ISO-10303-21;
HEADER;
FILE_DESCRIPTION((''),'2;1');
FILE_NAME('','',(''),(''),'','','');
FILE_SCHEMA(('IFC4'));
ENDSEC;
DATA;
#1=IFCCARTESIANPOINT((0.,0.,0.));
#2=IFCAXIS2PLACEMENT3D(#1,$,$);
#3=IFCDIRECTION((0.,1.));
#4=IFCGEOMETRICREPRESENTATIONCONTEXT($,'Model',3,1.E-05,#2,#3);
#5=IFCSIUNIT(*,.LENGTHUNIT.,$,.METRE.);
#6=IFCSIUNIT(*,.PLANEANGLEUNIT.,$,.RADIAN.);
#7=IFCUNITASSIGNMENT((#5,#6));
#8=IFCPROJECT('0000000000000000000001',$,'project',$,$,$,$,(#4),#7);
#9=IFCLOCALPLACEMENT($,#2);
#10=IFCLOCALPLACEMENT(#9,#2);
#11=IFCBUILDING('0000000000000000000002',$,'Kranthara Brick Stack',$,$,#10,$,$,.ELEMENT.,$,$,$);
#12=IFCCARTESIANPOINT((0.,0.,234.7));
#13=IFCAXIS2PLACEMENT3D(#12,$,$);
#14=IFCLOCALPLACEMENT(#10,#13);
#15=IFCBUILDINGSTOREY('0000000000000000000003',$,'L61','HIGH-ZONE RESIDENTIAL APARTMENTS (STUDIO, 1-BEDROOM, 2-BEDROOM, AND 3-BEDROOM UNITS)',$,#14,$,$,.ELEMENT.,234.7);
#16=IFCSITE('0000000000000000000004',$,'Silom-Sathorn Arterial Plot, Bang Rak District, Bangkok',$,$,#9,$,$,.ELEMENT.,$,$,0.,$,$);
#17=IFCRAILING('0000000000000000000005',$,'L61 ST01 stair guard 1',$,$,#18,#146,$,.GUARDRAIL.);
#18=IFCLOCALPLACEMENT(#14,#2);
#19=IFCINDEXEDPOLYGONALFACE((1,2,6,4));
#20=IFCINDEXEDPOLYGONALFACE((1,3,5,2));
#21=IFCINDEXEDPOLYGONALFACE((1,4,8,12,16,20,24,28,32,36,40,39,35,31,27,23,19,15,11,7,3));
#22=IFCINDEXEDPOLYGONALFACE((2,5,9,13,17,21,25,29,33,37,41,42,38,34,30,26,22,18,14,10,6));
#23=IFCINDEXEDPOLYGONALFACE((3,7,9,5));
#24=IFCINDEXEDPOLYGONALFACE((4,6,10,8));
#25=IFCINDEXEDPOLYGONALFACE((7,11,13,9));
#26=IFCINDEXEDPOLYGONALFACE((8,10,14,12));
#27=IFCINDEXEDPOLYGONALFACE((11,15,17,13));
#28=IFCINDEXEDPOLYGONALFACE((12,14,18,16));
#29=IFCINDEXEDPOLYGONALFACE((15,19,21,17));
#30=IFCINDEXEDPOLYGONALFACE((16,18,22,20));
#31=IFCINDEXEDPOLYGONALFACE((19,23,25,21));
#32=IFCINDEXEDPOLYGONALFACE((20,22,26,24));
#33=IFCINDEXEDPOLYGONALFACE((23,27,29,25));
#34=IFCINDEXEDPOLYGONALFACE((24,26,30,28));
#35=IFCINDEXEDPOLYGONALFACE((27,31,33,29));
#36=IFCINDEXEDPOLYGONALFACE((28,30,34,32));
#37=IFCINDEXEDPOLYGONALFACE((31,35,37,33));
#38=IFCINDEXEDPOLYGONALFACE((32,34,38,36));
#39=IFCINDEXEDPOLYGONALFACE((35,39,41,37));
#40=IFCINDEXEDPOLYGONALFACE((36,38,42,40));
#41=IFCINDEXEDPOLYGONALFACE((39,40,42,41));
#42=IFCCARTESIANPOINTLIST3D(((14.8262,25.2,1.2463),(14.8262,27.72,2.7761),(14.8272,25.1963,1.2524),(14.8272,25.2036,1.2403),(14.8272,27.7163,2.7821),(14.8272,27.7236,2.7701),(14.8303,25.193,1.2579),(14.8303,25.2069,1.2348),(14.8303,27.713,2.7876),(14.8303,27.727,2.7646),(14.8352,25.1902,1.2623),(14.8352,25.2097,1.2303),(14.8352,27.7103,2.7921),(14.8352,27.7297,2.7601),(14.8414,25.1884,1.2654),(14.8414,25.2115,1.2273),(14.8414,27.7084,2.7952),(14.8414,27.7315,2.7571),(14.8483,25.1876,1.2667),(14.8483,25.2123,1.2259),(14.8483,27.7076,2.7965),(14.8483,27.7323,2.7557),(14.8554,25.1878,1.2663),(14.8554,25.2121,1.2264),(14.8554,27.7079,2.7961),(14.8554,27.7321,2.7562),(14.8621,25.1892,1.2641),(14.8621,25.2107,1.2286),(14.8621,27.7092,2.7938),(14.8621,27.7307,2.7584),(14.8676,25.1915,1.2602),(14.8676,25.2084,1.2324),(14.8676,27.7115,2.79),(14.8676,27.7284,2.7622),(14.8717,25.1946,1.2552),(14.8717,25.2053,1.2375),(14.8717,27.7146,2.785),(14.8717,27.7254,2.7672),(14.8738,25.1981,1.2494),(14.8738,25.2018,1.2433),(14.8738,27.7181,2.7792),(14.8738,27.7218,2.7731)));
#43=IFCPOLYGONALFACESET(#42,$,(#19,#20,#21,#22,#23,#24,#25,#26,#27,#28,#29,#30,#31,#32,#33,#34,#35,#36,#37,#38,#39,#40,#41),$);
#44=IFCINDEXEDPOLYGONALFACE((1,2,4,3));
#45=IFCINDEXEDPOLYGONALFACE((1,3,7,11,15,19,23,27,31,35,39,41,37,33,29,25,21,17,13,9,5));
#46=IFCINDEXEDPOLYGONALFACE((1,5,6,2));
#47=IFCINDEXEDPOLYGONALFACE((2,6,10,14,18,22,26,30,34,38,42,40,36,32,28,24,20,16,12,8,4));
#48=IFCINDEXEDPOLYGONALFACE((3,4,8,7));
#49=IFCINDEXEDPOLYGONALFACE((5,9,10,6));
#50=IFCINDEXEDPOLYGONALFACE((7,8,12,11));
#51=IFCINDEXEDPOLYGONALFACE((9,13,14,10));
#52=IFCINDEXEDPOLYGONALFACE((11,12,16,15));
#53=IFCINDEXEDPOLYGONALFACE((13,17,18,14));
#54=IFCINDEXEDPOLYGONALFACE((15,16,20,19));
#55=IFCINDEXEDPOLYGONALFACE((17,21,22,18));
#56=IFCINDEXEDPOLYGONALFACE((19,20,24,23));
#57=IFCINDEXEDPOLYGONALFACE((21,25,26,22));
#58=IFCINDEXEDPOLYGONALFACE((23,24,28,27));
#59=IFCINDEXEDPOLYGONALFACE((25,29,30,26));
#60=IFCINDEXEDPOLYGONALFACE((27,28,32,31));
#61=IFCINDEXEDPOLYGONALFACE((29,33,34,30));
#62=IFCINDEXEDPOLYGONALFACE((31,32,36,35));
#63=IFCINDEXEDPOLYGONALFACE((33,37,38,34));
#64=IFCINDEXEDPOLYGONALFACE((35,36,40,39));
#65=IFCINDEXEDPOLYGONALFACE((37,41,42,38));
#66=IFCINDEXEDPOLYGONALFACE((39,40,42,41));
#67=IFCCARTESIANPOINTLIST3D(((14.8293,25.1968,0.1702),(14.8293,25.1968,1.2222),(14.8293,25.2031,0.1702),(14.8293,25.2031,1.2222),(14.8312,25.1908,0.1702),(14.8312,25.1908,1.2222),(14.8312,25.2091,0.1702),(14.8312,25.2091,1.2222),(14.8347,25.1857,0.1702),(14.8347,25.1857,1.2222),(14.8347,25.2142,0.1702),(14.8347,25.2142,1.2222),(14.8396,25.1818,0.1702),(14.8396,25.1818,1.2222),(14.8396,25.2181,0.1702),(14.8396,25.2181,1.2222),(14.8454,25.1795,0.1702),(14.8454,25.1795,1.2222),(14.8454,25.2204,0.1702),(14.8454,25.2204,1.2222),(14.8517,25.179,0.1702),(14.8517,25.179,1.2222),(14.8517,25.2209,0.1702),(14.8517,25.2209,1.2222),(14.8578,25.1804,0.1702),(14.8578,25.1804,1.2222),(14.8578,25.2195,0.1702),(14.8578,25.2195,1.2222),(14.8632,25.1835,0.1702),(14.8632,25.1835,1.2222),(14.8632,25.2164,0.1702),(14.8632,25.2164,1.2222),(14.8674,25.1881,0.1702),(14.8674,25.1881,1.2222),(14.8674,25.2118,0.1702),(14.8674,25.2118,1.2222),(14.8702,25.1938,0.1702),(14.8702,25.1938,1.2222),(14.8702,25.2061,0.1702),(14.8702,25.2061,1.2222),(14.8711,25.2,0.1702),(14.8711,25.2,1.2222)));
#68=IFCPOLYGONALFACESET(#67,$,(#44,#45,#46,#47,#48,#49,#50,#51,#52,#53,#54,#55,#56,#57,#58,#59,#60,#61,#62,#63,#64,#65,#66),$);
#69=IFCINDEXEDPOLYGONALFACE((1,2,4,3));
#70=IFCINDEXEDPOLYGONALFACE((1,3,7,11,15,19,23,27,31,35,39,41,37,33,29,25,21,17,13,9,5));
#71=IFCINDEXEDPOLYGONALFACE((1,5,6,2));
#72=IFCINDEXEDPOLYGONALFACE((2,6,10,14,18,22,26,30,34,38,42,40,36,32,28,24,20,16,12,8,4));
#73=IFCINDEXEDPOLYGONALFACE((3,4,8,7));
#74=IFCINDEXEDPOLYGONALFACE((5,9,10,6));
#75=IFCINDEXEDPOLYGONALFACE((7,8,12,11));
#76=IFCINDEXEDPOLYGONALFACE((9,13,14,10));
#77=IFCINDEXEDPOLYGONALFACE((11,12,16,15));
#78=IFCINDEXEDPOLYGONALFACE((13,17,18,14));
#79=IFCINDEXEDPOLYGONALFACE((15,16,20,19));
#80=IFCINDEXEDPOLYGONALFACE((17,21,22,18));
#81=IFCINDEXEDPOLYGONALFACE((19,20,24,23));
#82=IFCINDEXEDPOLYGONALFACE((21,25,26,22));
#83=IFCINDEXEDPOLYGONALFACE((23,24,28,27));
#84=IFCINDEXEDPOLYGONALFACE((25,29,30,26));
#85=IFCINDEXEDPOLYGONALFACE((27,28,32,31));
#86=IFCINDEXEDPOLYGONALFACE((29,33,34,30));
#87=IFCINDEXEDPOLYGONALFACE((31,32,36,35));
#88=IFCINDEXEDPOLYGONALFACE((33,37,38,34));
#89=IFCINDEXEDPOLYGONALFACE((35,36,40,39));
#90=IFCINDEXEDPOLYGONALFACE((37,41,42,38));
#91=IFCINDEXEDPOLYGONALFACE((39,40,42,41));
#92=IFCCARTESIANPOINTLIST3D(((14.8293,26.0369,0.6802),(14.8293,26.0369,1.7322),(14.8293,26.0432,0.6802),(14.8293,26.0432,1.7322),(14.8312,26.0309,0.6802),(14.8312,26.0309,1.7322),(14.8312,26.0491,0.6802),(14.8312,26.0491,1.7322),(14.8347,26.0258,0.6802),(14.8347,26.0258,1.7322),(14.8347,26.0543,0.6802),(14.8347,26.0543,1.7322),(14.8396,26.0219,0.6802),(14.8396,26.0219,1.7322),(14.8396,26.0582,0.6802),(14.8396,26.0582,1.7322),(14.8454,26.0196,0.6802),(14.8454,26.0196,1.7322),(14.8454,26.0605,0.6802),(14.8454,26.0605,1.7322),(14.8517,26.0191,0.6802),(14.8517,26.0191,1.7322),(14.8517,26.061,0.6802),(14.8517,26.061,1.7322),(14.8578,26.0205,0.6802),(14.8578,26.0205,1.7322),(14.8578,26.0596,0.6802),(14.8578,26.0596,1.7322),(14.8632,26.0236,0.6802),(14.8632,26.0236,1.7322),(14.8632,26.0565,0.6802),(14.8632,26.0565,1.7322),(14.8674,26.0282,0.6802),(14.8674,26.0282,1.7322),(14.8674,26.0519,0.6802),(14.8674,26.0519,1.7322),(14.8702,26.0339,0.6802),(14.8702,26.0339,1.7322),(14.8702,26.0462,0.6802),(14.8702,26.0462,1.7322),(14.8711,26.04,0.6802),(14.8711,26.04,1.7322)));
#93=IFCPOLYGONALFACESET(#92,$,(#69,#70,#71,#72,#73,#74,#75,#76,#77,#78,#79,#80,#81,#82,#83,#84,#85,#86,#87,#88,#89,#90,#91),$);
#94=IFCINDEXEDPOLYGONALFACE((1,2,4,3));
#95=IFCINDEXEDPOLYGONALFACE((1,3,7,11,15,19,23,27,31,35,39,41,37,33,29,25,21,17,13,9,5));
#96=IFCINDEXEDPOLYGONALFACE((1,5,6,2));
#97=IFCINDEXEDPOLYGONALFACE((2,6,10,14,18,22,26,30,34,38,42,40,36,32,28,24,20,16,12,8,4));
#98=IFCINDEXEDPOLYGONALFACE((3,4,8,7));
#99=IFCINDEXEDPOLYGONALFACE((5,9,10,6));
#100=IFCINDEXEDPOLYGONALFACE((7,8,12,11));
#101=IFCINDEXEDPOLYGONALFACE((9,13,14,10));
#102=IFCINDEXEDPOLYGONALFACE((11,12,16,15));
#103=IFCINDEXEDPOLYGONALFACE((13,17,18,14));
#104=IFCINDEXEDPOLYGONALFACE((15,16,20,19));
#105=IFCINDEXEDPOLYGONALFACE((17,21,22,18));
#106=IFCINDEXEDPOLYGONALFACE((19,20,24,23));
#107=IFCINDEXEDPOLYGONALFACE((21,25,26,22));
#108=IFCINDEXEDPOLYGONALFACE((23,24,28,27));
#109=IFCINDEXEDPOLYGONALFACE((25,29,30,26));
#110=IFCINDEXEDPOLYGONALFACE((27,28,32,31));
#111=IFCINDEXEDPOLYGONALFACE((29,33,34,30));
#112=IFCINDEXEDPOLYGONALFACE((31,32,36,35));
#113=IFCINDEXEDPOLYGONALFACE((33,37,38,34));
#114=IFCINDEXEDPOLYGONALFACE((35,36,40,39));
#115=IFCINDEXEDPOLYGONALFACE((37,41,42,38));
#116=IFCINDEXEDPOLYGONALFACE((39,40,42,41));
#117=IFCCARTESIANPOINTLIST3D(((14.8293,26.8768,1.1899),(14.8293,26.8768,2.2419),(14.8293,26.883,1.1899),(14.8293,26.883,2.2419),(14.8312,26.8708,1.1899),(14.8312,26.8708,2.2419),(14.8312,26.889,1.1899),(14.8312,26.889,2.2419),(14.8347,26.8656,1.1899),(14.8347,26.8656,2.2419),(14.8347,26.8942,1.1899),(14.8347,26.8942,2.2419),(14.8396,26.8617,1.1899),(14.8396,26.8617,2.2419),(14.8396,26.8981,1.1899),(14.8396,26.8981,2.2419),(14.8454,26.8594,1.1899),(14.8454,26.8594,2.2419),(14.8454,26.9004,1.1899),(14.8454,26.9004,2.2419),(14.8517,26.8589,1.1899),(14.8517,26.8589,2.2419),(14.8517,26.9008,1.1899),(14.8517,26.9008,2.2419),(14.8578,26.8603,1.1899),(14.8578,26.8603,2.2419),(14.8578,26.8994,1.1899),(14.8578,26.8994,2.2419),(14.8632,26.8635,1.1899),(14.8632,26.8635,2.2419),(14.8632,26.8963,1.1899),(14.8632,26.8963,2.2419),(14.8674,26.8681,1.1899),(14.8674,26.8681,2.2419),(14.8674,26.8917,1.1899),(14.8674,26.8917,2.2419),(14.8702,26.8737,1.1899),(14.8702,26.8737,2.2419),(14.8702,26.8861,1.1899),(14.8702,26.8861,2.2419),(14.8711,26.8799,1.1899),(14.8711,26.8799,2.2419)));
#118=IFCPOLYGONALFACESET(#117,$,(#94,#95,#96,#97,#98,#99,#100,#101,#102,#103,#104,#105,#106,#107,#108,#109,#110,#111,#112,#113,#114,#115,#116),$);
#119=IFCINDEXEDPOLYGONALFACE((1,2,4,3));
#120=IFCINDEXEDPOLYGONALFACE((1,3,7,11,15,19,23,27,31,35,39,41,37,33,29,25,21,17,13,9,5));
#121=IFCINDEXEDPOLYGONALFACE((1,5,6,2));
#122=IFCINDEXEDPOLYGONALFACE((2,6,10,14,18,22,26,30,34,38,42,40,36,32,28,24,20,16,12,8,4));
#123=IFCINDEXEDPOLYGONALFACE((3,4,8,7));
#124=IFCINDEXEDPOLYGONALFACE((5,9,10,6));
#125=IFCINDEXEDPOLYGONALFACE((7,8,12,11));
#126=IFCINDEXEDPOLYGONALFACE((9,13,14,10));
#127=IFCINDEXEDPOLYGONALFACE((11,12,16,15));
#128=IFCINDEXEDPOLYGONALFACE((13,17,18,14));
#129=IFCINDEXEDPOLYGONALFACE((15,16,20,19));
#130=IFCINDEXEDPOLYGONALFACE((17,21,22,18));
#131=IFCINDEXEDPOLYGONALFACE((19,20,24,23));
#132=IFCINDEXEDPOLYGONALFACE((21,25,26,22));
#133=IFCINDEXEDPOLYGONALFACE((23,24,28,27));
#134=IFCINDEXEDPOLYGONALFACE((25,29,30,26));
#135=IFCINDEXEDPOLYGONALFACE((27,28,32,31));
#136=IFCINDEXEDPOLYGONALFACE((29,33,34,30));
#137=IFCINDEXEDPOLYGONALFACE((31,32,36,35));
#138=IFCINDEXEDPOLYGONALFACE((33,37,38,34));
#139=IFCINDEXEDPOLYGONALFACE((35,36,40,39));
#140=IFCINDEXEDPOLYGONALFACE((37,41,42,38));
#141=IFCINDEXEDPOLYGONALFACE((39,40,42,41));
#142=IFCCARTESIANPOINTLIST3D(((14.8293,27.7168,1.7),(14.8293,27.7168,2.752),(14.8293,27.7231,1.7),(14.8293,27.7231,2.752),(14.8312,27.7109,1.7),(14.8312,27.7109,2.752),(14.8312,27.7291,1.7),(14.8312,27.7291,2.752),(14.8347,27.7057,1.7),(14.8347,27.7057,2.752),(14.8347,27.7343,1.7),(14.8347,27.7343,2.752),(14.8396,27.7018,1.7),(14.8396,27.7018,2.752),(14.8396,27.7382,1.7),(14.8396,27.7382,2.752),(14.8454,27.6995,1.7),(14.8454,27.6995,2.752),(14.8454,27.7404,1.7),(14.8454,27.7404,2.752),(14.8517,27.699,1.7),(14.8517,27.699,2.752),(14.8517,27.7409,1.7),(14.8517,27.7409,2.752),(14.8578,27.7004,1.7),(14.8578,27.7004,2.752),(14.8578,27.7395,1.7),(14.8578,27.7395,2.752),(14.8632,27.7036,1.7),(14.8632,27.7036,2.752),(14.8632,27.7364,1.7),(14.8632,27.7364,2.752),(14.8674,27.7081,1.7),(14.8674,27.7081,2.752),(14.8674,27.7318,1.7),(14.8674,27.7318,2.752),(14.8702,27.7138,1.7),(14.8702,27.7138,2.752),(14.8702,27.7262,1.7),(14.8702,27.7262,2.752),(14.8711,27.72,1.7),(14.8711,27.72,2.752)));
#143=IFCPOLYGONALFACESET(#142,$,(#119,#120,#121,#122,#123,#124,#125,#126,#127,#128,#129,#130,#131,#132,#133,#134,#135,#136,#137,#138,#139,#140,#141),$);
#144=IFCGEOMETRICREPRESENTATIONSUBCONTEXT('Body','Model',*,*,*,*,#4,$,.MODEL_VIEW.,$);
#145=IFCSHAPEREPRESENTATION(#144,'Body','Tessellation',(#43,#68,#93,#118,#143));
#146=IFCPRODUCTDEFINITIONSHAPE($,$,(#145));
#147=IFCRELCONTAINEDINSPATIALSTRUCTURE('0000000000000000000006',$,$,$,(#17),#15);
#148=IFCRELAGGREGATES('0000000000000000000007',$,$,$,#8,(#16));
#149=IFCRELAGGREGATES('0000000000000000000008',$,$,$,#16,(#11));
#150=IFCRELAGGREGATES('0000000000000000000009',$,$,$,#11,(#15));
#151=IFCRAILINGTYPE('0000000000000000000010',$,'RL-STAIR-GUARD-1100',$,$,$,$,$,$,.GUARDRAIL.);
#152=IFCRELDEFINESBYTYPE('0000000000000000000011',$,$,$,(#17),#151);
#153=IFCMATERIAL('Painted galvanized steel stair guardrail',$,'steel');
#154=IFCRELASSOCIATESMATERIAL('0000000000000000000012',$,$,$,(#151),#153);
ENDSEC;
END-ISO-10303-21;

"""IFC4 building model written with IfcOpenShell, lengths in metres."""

from ifc_helpers import new_model, si_unit, direction, frame, origin, origin_2d, place, context, subcontext, project, spatial, circle, extrude, material, type_object, element, save


model = new_model("IFC4")

# Units and contexts
model_context = context("Model", 3, precision=1e-05, world=origin(), true_north=direction((0.0, 1.0)))
body_context = subcontext(model_context, "Body", "Model", "MODEL_VIEW")
ifc_project = project(units=[si_unit("LENGTHUNIT", "METRE"), si_unit("PLANEANGLEUNIT", "RADIAN")], contexts=[model_context])

# Site, building, storey
site_placement = place(None, origin())
site = spatial("IfcSite", under=ifc_project, at=site_placement, Name="Silom-Sathorn Arterial Plot, Bang Rak District, Bangkok", CompositionType="ELEMENT", RefElevation=0.0)
building_placement = place(site_placement, origin())
building = spatial("IfcBuilding", under=site, at=building_placement, Name="Kranthara Brick Stack", CompositionType="ELEMENT")
storey_placement = place(building_placement, frame((0.0, 0.0, 234.7)))
storey = spatial("IfcBuildingStorey", under=building, at=storey_placement, Name="L61", Description="HIGH-ZONE RESIDENTIAL APARTMENTS (STUDIO, 1-BEDROOM, 2-BEDROOM, AND 3-BEDROOM UNITS)", CompositionType="ELEMENT", Elevation=234.7)

# Railing
ifc_material_1 = material(Name="Painted galvanized steel stair guardrail", Category="steel")
railing_type_1 = type_object("IfcRailingType", Name="RL-STAIR-GUARD-1100", PredefinedType="GUARDRAIL", material=ifc_material_1)
railing_1_placement = place(storey_placement, frame((14.8501, 25.2, 0.1702)))
element("IfcRailing", 1, at=railing_1_placement, inside=storey, type_object=railing_type_1, Name="L61 ST01 stair guard 1", PredefinedType="GUARDRAIL", context=body_context, shape_type="SweptSolid", body=[
    extrude(circle(Radius=0.0239, at=origin_2d()), frame((0.0, 0.0, 1.0762), z_axis=(0.0, 0.854822, 0.518922), x_axis=(-1.0, 0.0, 0.0)), (0.0, 0.0, 1.0), 2.948),
    extrude(circle(Radius=0.021, at=origin_2d()), origin(), (0.0, 0.0, 1.0), 1.052),
    extrude(circle(Radius=0.021, at=origin_2d()), frame((0.0, 0.8401, 0.51)), (0.0, 0.0, 1.0), 1.052),
    extrude(circle(Radius=0.021, at=origin_2d()), frame((0.0, 1.6799, 1.0198)), (0.0, 0.0, 1.0), 1.052),
    extrude(circle(Radius=0.021, at=origin_2d()), frame((0.0, 2.52, 1.5298)), (0.0, 0.0, 1.0), 1.052),
])

save(model, "model.ifc")
